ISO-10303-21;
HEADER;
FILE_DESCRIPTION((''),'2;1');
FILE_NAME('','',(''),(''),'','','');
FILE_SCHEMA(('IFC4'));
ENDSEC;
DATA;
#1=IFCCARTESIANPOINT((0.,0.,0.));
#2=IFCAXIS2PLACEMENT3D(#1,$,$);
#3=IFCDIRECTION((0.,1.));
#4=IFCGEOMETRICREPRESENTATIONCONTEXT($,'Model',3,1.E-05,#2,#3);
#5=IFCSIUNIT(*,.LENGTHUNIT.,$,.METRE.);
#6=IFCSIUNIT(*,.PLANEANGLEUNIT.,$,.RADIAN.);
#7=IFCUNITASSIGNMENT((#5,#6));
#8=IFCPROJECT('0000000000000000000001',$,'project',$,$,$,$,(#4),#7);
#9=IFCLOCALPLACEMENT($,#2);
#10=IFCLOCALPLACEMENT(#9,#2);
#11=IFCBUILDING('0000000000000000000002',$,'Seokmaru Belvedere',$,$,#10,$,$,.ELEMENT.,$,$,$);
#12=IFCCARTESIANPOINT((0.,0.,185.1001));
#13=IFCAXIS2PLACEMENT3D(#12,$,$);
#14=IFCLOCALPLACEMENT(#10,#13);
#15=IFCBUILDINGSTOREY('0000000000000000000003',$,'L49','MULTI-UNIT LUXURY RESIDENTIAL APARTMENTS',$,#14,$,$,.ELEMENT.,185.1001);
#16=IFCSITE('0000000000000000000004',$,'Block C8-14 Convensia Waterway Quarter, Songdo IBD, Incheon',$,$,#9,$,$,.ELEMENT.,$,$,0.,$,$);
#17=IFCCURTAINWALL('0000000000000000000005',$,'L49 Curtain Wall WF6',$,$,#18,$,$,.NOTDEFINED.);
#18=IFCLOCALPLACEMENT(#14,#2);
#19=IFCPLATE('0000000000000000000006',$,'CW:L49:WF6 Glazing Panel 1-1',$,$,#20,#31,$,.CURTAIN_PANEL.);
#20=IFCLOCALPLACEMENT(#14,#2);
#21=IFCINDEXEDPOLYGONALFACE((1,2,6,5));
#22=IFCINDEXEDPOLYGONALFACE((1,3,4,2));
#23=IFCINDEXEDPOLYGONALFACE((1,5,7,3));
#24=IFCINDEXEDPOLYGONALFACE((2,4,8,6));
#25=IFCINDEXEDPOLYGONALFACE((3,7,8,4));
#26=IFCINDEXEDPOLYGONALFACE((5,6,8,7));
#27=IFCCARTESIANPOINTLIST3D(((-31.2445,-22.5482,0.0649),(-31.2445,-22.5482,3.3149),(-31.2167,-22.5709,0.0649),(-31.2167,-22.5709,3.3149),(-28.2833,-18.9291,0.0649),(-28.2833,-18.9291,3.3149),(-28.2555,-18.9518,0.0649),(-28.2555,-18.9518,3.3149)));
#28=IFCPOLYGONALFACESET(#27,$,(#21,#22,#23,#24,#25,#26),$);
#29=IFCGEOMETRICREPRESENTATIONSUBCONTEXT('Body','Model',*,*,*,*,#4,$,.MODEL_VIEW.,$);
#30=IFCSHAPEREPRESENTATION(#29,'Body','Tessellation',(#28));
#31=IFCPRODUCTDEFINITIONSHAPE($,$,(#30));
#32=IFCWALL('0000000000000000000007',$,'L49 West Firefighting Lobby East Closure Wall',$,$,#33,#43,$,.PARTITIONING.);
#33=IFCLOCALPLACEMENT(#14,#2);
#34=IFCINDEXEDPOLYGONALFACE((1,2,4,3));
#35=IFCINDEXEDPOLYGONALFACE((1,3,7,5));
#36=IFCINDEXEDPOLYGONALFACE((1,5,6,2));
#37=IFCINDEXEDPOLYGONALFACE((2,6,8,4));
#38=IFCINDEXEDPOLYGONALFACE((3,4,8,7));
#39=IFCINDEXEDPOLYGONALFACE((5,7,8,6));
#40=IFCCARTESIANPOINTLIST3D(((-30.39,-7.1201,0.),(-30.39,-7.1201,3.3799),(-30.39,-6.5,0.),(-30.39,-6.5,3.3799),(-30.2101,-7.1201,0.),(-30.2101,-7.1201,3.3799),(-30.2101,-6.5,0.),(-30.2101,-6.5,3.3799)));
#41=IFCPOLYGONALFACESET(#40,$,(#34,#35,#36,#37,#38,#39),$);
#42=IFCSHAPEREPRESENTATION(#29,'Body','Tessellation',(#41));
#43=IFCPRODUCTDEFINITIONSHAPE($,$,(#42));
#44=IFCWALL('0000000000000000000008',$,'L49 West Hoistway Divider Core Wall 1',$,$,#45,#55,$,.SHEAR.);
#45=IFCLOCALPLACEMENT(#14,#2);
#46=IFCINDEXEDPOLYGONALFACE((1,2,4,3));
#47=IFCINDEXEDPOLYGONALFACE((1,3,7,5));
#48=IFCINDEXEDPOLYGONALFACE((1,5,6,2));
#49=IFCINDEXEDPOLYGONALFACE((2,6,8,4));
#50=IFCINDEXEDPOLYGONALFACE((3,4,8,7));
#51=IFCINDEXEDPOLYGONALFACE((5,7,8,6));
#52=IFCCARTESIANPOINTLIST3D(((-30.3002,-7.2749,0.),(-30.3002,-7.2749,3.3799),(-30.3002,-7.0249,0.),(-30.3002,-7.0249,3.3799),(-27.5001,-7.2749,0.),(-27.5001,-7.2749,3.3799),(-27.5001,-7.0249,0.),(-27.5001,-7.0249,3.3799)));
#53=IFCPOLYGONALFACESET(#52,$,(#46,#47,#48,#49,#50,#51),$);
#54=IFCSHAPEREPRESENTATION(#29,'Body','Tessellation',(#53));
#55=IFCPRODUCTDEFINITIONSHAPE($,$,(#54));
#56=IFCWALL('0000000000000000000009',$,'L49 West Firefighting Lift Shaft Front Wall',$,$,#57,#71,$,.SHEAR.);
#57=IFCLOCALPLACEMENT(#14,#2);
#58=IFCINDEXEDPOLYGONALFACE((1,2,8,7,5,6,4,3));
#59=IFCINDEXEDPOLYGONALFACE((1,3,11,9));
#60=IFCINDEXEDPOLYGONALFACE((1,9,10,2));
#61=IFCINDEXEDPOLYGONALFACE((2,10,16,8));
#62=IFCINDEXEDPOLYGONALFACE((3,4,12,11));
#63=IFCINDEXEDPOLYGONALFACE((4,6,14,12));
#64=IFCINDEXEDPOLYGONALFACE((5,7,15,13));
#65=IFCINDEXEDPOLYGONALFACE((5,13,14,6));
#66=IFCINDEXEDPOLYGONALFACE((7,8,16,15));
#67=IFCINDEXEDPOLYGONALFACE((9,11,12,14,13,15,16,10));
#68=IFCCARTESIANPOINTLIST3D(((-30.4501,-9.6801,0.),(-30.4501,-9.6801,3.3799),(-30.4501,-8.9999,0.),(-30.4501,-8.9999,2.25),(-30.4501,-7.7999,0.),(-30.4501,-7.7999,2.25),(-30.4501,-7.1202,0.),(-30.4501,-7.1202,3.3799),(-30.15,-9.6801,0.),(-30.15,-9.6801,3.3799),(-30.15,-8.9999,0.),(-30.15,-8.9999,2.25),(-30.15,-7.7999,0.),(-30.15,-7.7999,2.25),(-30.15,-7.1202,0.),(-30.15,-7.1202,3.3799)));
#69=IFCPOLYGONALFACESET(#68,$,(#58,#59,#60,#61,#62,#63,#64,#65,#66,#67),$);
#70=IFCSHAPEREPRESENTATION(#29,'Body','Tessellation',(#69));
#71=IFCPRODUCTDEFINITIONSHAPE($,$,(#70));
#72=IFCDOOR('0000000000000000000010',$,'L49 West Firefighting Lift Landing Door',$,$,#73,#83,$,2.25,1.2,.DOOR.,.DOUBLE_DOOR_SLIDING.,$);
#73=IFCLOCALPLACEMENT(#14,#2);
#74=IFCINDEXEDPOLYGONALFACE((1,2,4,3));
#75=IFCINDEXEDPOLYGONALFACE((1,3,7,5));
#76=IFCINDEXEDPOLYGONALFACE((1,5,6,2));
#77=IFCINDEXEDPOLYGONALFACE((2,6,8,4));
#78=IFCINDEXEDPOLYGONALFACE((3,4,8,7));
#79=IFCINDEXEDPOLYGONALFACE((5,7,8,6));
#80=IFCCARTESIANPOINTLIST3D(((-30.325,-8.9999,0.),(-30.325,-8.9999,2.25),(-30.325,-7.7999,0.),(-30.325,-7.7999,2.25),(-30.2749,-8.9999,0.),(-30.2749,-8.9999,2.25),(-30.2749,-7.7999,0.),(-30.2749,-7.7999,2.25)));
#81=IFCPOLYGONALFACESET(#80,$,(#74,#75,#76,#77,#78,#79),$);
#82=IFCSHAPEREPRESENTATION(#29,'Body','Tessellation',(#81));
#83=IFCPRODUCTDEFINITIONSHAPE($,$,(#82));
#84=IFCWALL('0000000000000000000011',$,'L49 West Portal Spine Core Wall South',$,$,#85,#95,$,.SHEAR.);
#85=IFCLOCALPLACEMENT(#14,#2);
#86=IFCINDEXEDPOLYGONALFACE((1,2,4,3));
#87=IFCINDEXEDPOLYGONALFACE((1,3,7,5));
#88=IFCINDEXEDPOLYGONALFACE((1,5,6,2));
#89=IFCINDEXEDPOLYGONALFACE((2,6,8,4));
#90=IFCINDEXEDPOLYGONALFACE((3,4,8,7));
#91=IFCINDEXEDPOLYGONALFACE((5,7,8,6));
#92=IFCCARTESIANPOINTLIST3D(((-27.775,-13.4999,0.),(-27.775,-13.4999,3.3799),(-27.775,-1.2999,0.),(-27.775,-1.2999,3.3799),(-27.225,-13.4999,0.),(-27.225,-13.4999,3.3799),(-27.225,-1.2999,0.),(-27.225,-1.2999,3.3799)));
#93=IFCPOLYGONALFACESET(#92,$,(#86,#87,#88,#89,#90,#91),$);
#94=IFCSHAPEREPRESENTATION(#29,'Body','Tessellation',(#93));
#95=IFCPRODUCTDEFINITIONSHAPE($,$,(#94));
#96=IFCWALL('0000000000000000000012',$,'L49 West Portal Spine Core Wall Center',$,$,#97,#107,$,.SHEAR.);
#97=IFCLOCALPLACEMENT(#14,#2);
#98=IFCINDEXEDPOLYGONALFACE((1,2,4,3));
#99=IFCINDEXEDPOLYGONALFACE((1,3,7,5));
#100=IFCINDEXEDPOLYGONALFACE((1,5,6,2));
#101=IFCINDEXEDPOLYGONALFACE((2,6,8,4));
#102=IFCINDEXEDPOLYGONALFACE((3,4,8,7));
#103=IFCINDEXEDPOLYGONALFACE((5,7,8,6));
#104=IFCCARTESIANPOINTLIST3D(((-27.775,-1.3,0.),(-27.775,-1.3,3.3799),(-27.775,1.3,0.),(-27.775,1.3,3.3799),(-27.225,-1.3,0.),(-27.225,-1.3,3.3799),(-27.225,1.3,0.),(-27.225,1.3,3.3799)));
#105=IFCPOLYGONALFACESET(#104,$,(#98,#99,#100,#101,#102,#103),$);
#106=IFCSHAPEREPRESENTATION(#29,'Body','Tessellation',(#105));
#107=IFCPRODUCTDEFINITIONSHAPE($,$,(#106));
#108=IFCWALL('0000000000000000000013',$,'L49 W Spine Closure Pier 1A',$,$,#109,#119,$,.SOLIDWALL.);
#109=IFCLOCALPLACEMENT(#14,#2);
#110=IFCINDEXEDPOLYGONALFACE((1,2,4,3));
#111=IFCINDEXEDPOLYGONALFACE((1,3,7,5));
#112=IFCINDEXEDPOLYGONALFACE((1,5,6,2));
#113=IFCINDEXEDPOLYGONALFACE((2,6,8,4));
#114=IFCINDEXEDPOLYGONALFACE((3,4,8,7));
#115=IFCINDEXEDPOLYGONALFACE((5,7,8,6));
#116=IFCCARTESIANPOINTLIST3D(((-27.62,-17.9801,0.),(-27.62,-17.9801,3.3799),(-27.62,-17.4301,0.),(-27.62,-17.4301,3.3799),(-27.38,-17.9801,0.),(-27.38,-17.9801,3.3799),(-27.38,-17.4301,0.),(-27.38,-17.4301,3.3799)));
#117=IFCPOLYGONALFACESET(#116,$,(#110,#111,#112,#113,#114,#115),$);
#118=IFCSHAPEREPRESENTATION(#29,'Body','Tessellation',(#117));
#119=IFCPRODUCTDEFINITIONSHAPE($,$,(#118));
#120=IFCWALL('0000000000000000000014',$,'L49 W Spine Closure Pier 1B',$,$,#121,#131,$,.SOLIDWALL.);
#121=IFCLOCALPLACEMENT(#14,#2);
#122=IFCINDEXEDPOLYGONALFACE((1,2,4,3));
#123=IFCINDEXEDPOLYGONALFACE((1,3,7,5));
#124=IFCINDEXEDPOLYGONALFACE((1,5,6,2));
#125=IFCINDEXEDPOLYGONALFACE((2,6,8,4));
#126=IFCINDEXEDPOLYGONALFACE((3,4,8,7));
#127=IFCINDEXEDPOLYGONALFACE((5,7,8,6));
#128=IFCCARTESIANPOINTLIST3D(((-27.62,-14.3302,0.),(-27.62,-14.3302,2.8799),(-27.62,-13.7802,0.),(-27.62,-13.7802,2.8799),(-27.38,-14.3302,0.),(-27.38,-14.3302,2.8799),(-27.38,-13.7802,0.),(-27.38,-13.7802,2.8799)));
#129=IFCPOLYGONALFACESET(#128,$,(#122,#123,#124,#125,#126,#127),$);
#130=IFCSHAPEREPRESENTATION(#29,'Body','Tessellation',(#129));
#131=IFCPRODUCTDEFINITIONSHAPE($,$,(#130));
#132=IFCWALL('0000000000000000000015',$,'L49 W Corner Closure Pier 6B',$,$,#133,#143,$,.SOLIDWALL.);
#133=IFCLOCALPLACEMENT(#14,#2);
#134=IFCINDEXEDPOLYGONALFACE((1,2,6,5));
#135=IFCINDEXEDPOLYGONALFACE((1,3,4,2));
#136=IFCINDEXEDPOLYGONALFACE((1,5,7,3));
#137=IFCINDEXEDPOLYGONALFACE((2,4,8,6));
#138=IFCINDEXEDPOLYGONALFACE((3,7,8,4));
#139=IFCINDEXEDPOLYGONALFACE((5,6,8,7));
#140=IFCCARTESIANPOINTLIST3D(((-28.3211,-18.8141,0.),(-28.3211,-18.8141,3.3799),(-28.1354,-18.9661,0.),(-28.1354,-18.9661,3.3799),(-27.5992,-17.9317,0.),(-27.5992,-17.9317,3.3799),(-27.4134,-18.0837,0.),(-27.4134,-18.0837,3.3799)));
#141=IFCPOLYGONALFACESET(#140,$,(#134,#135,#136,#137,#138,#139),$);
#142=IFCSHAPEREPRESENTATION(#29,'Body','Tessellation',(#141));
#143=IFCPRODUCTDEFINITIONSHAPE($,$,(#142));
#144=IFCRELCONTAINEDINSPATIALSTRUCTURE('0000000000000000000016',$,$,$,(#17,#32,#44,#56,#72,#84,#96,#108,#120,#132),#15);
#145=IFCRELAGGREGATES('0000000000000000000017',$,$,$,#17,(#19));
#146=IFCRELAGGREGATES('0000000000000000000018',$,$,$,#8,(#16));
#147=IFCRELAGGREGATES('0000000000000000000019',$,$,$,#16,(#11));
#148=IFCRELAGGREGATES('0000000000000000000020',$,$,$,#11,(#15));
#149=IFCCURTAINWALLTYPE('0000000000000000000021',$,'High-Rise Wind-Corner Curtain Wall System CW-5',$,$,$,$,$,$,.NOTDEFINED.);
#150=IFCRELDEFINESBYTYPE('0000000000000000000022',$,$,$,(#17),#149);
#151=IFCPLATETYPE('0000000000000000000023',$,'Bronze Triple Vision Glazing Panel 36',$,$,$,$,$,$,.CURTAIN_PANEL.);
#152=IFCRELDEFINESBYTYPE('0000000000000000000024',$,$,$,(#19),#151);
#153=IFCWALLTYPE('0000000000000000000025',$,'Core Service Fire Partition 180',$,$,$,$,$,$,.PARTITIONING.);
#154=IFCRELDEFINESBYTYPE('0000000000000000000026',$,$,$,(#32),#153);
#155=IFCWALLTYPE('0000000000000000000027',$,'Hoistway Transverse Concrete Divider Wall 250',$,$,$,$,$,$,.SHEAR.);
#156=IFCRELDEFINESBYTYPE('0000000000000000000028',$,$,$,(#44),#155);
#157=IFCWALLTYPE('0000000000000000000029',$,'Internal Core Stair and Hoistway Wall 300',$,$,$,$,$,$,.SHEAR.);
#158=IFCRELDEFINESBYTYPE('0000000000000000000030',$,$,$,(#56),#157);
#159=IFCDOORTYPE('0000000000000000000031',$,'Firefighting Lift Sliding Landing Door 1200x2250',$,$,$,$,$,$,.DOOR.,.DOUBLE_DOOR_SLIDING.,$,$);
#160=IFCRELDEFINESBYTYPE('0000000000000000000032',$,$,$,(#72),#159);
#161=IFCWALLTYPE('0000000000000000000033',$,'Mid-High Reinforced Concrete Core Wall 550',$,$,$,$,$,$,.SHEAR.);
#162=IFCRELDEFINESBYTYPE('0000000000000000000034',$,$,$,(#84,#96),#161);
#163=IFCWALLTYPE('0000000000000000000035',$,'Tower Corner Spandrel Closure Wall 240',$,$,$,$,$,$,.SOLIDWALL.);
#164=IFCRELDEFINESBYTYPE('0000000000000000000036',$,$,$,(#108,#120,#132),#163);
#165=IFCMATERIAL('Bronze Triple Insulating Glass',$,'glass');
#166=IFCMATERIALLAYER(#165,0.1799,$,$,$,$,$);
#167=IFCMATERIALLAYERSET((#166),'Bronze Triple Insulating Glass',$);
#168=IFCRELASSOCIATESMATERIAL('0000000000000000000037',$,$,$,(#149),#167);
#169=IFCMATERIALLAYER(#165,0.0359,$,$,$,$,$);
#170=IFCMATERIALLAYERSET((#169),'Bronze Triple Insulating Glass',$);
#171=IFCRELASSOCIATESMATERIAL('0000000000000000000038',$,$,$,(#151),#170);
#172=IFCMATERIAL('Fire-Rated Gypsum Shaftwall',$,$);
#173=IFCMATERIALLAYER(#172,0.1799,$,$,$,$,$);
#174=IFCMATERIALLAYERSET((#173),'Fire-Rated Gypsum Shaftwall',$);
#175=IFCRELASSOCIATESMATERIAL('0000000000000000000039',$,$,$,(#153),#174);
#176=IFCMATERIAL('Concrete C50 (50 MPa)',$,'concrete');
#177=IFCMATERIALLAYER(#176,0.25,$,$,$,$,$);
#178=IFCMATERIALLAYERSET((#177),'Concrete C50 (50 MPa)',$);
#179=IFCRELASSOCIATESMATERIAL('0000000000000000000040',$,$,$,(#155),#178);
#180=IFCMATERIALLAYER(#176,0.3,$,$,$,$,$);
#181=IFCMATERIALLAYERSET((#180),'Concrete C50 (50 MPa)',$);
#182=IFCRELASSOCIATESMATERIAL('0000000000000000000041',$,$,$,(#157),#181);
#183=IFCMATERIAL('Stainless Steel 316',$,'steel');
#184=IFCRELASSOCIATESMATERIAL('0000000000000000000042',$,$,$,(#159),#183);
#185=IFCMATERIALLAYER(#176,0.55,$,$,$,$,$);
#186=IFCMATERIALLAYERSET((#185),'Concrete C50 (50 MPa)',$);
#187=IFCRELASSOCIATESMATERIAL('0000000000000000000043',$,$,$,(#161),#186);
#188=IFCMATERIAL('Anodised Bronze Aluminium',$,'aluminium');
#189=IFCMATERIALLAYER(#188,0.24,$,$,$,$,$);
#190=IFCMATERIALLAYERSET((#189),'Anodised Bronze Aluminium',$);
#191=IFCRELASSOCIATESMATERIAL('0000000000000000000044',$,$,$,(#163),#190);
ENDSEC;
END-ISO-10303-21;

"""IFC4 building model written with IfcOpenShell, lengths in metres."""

from ifc_helpers import new_model, si_unit, direction, frame, frame_2d, origin, origin_2d, place, context, subcontext, project, spatial, rectangle, extrude, source, transform, mapped, material, layer, layer_set, type_object, type_shapes, element, fill, aggregate, save


model = new_model("IFC4")

# Units and contexts
model_context = context("Model", 3, precision=1e-05, world=origin(), true_north=direction((0.0, 1.0)))
body_context = subcontext(model_context, "Body", "Model", "MODEL_VIEW")
ifc_project = project(units=[si_unit("LENGTHUNIT", "METRE"), si_unit("PLANEANGLEUNIT", "RADIAN")], contexts=[model_context])

# Site, building, storey
site_placement = place(None, origin())
site = spatial("IfcSite", under=ifc_project, at=site_placement, Name="Block C8-14 Convensia Waterway Quarter, Songdo IBD, Incheon", CompositionType="ELEMENT", RefElevation=0.0)
building_placement = place(site_placement, origin())
building = spatial("IfcBuilding", under=site, at=building_placement, Name="Seokmaru Belvedere", CompositionType="ELEMENT")
storey_placement = place(building_placement, frame((0.0, 0.0, 185.1001)))
storey = spatial("IfcBuildingStorey", under=building, at=storey_placement, Name="L49", Description="MULTI-UNIT LUXURY RESIDENTIAL APARTMENTS", CompositionType="ELEMENT", Elevation=185.1001)

# Shared definitions
ifc_material_1 = material(Name="Bronze Triple Insulating Glass", Category="glass")
ifc_layer_1 = layer(ifc_material_1, 0.1799)
ifc_layer_set_1 = layer_set([ifc_layer_1], Name="Bronze Triple Insulating Glass")
curtain_wall_type = type_object("IfcCurtainWallType", Name="High-Rise Wind-Corner Curtain Wall System CW-5", PredefinedType="NOTDEFINED", material=ifc_layer_set_1)
ifc_material_2 = material(Name="Anodised Bronze Aluminium", Category="aluminium")

# Curtain wall
curtain_wall_1_placement = place(storey_placement, origin())
curtain_wall_1 = element("IfcCurtainWall", 1, at=curtain_wall_1_placement, inside=storey, type_object=curtain_wall_type, Name="L49 Curtain Wall WF6", PredefinedType="NOTDEFINED")

# Plate
ifc_layer_2 = layer(ifc_material_1, 0.0359)
ifc_layer_set_2 = layer_set([ifc_layer_2], Name="Bronze Triple Insulating Glass")
plate_type = type_object("IfcPlateType", Name="Bronze Triple Vision Glazing Panel 36", PredefinedType="CURTAIN_PANEL", material=ifc_layer_set_2)
shared_shape_1 = source(origin(), body_context, "Body", "SweptSolid", [
    extrude(rectangle(XDim=4.6763, YDim=0.0359, at=origin_2d()), origin(), (0.0, 0.0, 1.0), 3.25),
])
plate_1_placement = place(storey_placement, frame((-29.75, -20.75, 0.0649), z_axis=(0.0, 0.0, 1.0), x_axis=(0.633254, 0.773944, 0.0)))
plate_1 = element("IfcPlate", 2, at=plate_1_placement, type_object=plate_type, Name="CW:L49:WF6 Glazing Panel 1-1", PredefinedType="CURTAIN_PANEL", context=body_context, shape_type="MappedRepresentation", body=[
    mapped(shared_shape_1, transform((0.0, 0.0, 0.0), scale=1.0)),
])
aggregate(curtain_wall_1, [plate_1])

# Walls
ifc_material_3 = material(Name="Fire-Rated Gypsum Shaftwall")
ifc_layer_3 = layer(ifc_material_3, 0.1799)
ifc_layer_set_3 = layer_set([ifc_layer_3], Name="Fire-Rated Gypsum Shaftwall")
wall_type_1 = type_object("IfcWallType", Name="Core Service Fire Partition 180", PredefinedType="PARTITIONING", material=ifc_layer_set_3)
wall_1_placement = place(storey_placement, frame((-30.3, -7.1201, 0.0), z_axis=(0.0, 0.0, 1.0), x_axis=(0.0, 1.0, 0.0)))
element("IfcWall", 3, at=wall_1_placement, inside=storey, type_object=wall_type_1, Name="L49 West Firefighting Lobby East Closure Wall", PredefinedType="PARTITIONING", context=body_context, shape_type="SweptSolid", body=[
    extrude(rectangle(XDim=0.6201, YDim=0.1799, at=frame_2d((0.3101, 0.0))), origin(), (0.0, 0.0, 1.0), 3.3799),
])
ifc_material_4 = material(Name="Concrete C50 (50 MPa)", Category="concrete")
ifc_layer_4 = layer(ifc_material_4, 0.25)
ifc_layer_set_4 = layer_set([ifc_layer_4], Name="Concrete C50 (50 MPa)")
wall_type_2 = type_object("IfcWallType", Name="Hoistway Transverse Concrete Divider Wall 250", PredefinedType="SHEAR", material=ifc_layer_set_4)
wall_2_placement = place(storey_placement, frame((-30.3, -7.1499, 0.0), z_axis=(0.0, 0.0, 1.0), x_axis=(1.0, 0.0, 0.0)))
element("IfcWall", 4, at=wall_2_placement, inside=storey, type_object=wall_type_2, Name="L49 West Hoistway Divider Core Wall 1", PredefinedType="SHEAR", context=body_context, shape_type="SweptSolid", body=[
    extrude(rectangle(XDim=2.8, YDim=0.25, at=frame_2d((1.3999, 0.0))), origin(), (0.0, 0.0, 1.0), 3.3799),
])

# Wall, opening, door
ifc_layer_5 = layer(ifc_material_4, 0.3)
ifc_layer_set_5 = layer_set([ifc_layer_5], Name="Concrete C50 (50 MPa)")
wall_type_3 = type_object("IfcWallType", Name="Internal Core Stair and Hoistway Wall 300", PredefinedType="SHEAR", material=ifc_layer_set_5)
wall_3_placement = place(storey_placement, frame((-30.3, -9.6799, 0.0), z_axis=(0.0, 0.0, 1.0), x_axis=(0.0, 1.0, 0.0)))
wall_3 = element("IfcWall", 5, at=wall_3_placement, inside=storey, type_object=wall_type_3, Name="L49 West Firefighting Lift Shaft Front Wall", PredefinedType="SHEAR", context=body_context, shape_type="SweptSolid", body=[
    extrude(rectangle(XDim=2.5598, YDim=0.3, at=frame_2d((1.2798, 0.0))), origin(), (0.0, 0.0, 1.0), 3.3799),
])
opening_placement = place(wall_3_placement, frame((0.6799, 0.0, 0.0)))
opening = element("IfcOpeningElement", 6, at=opening_placement, cuts=wall_3, PredefinedType="OPENING", context=body_context, shape_type="SweptSolid", body=[
    extrude(rectangle(XDim=1.2, YDim=2.25, at=frame_2d((0.6001, 1.125))), frame((0.0, 0.1602, 0.0), z_axis=(0.0, -1.0, 0.0), x_axis=(1.0, 0.0, 0.0)), (0.0, 0.0, 1.0), 0.3201),
])
ifc_material_5 = material(Name="Stainless Steel 316", Category="steel")
door_type = type_object("IfcDoorType", Name="Firefighting Lift Sliding Landing Door 1200x2250", OperationType="DOUBLE_DOOR_SLIDING", PredefinedType="DOOR", material=ifc_material_5)
shared_shape_2 = source(origin(), body_context, "Body", "SweptSolid", [
    extrude(rectangle(XDim=1.2, YDim=2.25, at=frame_2d((0.6001, 1.125))), frame((0.0, 0.0249, 0.0), z_axis=(0.0, -1.0, 0.0), x_axis=(1.0, 0.0, 0.0)), (0.0, 0.0, 1.0), 0.05),
])
type_shapes(door_type, [shared_shape_2])
door_placement = place(opening_placement, origin())
door = element("IfcDoor", 7, at=door_placement, inside=storey, type_object=door_type, Name="L49 West Firefighting Lift Landing Door", OperationType="DOUBLE_DOOR_SLIDING", OverallHeight=2.25, OverallWidth=1.2, PredefinedType="DOOR", context=body_context, shape_type="MappedRepresentation", body=[
    mapped(shared_shape_2, transform((0.0, 0.0, 0.0), scale=1.0)),
])
fill(opening, door)

# Walls
ifc_layer_6 = layer(ifc_material_4, 0.55)
ifc_layer_set_6 = layer_set([ifc_layer_6], Name="Concrete C50 (50 MPa)")
wall_type_4 = type_object("IfcWallType", Name="Mid-High Reinforced Concrete Core Wall 550", PredefinedType="SHEAR", material=ifc_layer_set_6)
wall_4_placement = place(storey_placement, frame((-27.5, -13.5, 0.0), z_axis=(0.0, 0.0, 1.0), x_axis=(0.0, 1.0, 0.0)))
element("IfcWall", 8, at=wall_4_placement, inside=storey, type_object=wall_type_4, Name="L49 West Portal Spine Core Wall South", PredefinedType="SHEAR", context=body_context, shape_type="SweptSolid", body=[
    extrude(rectangle(XDim=12.2, YDim=0.55, at=frame_2d((6.1001, 0.0))), origin(), (0.0, 0.0, 1.0), 3.3799),
])
wall_5_placement = place(storey_placement, frame((-27.5, -1.3, 0.0), z_axis=(0.0, 0.0, 1.0), x_axis=(0.0, 1.0, 0.0)))
element("IfcWall", 9, at=wall_5_placement, inside=storey, type_object=wall_type_4, Name="L49 West Portal Spine Core Wall Center", PredefinedType="SHEAR", context=body_context, shape_type="SweptSolid", body=[
    extrude(rectangle(XDim=2.6001, YDim=0.55, at=frame_2d((1.3, 0.0))), origin(), (0.0, 0.0, 1.0), 3.3799),
])
ifc_layer_7 = layer(ifc_material_2, 0.24)
ifc_layer_set_7 = layer_set([ifc_layer_7], Name="Anodised Bronze Aluminium")
wall_type_5 = type_object("IfcWallType", Name="Tower Corner Spandrel Closure Wall 240", PredefinedType="SOLIDWALL", material=ifc_layer_set_7)
wall_6_placement = place(storey_placement, frame((-27.5, -17.98, 0.0), z_axis=(0.0, 0.0, 1.0), x_axis=(0.0, 1.0, 0.0)))
element("IfcWall", 10, at=wall_6_placement, inside=storey, type_object=wall_type_5, Name="L49 W Spine Closure Pier 1A", PredefinedType="SOLIDWALL", context=body_context, shape_type="SweptSolid", body=[
    extrude(rectangle(XDim=0.55, YDim=0.24, at=frame_2d((0.2749, 0.0))), origin(), (0.0, 0.0, 1.0), 3.3799),
])
wall_7_placement = place(storey_placement, frame((-27.5, -14.3301, 0.0), z_axis=(0.0, 0.0, 1.0), x_axis=(0.0, 1.0, 0.0)))
element("IfcWall", 11, at=wall_7_placement, inside=storey, type_object=wall_type_5, Name="L49 W Spine Closure Pier 1B", PredefinedType="SOLIDWALL", context=body_context, shape_type="SweptSolid", body=[
    extrude(rectangle(XDim=0.55, YDim=0.24, at=frame_2d((0.2749, 0.0))), origin(), (0.0, 0.0, 1.0), 2.8799),
])
wall_8_placement = place(storey_placement, frame((-28.2283, -18.8901, 0.0), z_axis=(0.0, 0.0, 1.0), x_axis=(0.633249, 0.773948, 0.0)))
element("IfcWall", 12, at=wall_8_placement, inside=storey, type_object=wall_type_5, Name="L49 W Corner Closure Pier 6B", PredefinedType="SOLIDWALL", context=body_context, shape_type="SweptSolid", body=[
    extrude(rectangle(XDim=1.1401, YDim=0.24, at=frame_2d((0.5701, 0.0))), origin(), (0.0, 0.0, 1.0), 3.3799),
])

save(model, "model.ifc")
